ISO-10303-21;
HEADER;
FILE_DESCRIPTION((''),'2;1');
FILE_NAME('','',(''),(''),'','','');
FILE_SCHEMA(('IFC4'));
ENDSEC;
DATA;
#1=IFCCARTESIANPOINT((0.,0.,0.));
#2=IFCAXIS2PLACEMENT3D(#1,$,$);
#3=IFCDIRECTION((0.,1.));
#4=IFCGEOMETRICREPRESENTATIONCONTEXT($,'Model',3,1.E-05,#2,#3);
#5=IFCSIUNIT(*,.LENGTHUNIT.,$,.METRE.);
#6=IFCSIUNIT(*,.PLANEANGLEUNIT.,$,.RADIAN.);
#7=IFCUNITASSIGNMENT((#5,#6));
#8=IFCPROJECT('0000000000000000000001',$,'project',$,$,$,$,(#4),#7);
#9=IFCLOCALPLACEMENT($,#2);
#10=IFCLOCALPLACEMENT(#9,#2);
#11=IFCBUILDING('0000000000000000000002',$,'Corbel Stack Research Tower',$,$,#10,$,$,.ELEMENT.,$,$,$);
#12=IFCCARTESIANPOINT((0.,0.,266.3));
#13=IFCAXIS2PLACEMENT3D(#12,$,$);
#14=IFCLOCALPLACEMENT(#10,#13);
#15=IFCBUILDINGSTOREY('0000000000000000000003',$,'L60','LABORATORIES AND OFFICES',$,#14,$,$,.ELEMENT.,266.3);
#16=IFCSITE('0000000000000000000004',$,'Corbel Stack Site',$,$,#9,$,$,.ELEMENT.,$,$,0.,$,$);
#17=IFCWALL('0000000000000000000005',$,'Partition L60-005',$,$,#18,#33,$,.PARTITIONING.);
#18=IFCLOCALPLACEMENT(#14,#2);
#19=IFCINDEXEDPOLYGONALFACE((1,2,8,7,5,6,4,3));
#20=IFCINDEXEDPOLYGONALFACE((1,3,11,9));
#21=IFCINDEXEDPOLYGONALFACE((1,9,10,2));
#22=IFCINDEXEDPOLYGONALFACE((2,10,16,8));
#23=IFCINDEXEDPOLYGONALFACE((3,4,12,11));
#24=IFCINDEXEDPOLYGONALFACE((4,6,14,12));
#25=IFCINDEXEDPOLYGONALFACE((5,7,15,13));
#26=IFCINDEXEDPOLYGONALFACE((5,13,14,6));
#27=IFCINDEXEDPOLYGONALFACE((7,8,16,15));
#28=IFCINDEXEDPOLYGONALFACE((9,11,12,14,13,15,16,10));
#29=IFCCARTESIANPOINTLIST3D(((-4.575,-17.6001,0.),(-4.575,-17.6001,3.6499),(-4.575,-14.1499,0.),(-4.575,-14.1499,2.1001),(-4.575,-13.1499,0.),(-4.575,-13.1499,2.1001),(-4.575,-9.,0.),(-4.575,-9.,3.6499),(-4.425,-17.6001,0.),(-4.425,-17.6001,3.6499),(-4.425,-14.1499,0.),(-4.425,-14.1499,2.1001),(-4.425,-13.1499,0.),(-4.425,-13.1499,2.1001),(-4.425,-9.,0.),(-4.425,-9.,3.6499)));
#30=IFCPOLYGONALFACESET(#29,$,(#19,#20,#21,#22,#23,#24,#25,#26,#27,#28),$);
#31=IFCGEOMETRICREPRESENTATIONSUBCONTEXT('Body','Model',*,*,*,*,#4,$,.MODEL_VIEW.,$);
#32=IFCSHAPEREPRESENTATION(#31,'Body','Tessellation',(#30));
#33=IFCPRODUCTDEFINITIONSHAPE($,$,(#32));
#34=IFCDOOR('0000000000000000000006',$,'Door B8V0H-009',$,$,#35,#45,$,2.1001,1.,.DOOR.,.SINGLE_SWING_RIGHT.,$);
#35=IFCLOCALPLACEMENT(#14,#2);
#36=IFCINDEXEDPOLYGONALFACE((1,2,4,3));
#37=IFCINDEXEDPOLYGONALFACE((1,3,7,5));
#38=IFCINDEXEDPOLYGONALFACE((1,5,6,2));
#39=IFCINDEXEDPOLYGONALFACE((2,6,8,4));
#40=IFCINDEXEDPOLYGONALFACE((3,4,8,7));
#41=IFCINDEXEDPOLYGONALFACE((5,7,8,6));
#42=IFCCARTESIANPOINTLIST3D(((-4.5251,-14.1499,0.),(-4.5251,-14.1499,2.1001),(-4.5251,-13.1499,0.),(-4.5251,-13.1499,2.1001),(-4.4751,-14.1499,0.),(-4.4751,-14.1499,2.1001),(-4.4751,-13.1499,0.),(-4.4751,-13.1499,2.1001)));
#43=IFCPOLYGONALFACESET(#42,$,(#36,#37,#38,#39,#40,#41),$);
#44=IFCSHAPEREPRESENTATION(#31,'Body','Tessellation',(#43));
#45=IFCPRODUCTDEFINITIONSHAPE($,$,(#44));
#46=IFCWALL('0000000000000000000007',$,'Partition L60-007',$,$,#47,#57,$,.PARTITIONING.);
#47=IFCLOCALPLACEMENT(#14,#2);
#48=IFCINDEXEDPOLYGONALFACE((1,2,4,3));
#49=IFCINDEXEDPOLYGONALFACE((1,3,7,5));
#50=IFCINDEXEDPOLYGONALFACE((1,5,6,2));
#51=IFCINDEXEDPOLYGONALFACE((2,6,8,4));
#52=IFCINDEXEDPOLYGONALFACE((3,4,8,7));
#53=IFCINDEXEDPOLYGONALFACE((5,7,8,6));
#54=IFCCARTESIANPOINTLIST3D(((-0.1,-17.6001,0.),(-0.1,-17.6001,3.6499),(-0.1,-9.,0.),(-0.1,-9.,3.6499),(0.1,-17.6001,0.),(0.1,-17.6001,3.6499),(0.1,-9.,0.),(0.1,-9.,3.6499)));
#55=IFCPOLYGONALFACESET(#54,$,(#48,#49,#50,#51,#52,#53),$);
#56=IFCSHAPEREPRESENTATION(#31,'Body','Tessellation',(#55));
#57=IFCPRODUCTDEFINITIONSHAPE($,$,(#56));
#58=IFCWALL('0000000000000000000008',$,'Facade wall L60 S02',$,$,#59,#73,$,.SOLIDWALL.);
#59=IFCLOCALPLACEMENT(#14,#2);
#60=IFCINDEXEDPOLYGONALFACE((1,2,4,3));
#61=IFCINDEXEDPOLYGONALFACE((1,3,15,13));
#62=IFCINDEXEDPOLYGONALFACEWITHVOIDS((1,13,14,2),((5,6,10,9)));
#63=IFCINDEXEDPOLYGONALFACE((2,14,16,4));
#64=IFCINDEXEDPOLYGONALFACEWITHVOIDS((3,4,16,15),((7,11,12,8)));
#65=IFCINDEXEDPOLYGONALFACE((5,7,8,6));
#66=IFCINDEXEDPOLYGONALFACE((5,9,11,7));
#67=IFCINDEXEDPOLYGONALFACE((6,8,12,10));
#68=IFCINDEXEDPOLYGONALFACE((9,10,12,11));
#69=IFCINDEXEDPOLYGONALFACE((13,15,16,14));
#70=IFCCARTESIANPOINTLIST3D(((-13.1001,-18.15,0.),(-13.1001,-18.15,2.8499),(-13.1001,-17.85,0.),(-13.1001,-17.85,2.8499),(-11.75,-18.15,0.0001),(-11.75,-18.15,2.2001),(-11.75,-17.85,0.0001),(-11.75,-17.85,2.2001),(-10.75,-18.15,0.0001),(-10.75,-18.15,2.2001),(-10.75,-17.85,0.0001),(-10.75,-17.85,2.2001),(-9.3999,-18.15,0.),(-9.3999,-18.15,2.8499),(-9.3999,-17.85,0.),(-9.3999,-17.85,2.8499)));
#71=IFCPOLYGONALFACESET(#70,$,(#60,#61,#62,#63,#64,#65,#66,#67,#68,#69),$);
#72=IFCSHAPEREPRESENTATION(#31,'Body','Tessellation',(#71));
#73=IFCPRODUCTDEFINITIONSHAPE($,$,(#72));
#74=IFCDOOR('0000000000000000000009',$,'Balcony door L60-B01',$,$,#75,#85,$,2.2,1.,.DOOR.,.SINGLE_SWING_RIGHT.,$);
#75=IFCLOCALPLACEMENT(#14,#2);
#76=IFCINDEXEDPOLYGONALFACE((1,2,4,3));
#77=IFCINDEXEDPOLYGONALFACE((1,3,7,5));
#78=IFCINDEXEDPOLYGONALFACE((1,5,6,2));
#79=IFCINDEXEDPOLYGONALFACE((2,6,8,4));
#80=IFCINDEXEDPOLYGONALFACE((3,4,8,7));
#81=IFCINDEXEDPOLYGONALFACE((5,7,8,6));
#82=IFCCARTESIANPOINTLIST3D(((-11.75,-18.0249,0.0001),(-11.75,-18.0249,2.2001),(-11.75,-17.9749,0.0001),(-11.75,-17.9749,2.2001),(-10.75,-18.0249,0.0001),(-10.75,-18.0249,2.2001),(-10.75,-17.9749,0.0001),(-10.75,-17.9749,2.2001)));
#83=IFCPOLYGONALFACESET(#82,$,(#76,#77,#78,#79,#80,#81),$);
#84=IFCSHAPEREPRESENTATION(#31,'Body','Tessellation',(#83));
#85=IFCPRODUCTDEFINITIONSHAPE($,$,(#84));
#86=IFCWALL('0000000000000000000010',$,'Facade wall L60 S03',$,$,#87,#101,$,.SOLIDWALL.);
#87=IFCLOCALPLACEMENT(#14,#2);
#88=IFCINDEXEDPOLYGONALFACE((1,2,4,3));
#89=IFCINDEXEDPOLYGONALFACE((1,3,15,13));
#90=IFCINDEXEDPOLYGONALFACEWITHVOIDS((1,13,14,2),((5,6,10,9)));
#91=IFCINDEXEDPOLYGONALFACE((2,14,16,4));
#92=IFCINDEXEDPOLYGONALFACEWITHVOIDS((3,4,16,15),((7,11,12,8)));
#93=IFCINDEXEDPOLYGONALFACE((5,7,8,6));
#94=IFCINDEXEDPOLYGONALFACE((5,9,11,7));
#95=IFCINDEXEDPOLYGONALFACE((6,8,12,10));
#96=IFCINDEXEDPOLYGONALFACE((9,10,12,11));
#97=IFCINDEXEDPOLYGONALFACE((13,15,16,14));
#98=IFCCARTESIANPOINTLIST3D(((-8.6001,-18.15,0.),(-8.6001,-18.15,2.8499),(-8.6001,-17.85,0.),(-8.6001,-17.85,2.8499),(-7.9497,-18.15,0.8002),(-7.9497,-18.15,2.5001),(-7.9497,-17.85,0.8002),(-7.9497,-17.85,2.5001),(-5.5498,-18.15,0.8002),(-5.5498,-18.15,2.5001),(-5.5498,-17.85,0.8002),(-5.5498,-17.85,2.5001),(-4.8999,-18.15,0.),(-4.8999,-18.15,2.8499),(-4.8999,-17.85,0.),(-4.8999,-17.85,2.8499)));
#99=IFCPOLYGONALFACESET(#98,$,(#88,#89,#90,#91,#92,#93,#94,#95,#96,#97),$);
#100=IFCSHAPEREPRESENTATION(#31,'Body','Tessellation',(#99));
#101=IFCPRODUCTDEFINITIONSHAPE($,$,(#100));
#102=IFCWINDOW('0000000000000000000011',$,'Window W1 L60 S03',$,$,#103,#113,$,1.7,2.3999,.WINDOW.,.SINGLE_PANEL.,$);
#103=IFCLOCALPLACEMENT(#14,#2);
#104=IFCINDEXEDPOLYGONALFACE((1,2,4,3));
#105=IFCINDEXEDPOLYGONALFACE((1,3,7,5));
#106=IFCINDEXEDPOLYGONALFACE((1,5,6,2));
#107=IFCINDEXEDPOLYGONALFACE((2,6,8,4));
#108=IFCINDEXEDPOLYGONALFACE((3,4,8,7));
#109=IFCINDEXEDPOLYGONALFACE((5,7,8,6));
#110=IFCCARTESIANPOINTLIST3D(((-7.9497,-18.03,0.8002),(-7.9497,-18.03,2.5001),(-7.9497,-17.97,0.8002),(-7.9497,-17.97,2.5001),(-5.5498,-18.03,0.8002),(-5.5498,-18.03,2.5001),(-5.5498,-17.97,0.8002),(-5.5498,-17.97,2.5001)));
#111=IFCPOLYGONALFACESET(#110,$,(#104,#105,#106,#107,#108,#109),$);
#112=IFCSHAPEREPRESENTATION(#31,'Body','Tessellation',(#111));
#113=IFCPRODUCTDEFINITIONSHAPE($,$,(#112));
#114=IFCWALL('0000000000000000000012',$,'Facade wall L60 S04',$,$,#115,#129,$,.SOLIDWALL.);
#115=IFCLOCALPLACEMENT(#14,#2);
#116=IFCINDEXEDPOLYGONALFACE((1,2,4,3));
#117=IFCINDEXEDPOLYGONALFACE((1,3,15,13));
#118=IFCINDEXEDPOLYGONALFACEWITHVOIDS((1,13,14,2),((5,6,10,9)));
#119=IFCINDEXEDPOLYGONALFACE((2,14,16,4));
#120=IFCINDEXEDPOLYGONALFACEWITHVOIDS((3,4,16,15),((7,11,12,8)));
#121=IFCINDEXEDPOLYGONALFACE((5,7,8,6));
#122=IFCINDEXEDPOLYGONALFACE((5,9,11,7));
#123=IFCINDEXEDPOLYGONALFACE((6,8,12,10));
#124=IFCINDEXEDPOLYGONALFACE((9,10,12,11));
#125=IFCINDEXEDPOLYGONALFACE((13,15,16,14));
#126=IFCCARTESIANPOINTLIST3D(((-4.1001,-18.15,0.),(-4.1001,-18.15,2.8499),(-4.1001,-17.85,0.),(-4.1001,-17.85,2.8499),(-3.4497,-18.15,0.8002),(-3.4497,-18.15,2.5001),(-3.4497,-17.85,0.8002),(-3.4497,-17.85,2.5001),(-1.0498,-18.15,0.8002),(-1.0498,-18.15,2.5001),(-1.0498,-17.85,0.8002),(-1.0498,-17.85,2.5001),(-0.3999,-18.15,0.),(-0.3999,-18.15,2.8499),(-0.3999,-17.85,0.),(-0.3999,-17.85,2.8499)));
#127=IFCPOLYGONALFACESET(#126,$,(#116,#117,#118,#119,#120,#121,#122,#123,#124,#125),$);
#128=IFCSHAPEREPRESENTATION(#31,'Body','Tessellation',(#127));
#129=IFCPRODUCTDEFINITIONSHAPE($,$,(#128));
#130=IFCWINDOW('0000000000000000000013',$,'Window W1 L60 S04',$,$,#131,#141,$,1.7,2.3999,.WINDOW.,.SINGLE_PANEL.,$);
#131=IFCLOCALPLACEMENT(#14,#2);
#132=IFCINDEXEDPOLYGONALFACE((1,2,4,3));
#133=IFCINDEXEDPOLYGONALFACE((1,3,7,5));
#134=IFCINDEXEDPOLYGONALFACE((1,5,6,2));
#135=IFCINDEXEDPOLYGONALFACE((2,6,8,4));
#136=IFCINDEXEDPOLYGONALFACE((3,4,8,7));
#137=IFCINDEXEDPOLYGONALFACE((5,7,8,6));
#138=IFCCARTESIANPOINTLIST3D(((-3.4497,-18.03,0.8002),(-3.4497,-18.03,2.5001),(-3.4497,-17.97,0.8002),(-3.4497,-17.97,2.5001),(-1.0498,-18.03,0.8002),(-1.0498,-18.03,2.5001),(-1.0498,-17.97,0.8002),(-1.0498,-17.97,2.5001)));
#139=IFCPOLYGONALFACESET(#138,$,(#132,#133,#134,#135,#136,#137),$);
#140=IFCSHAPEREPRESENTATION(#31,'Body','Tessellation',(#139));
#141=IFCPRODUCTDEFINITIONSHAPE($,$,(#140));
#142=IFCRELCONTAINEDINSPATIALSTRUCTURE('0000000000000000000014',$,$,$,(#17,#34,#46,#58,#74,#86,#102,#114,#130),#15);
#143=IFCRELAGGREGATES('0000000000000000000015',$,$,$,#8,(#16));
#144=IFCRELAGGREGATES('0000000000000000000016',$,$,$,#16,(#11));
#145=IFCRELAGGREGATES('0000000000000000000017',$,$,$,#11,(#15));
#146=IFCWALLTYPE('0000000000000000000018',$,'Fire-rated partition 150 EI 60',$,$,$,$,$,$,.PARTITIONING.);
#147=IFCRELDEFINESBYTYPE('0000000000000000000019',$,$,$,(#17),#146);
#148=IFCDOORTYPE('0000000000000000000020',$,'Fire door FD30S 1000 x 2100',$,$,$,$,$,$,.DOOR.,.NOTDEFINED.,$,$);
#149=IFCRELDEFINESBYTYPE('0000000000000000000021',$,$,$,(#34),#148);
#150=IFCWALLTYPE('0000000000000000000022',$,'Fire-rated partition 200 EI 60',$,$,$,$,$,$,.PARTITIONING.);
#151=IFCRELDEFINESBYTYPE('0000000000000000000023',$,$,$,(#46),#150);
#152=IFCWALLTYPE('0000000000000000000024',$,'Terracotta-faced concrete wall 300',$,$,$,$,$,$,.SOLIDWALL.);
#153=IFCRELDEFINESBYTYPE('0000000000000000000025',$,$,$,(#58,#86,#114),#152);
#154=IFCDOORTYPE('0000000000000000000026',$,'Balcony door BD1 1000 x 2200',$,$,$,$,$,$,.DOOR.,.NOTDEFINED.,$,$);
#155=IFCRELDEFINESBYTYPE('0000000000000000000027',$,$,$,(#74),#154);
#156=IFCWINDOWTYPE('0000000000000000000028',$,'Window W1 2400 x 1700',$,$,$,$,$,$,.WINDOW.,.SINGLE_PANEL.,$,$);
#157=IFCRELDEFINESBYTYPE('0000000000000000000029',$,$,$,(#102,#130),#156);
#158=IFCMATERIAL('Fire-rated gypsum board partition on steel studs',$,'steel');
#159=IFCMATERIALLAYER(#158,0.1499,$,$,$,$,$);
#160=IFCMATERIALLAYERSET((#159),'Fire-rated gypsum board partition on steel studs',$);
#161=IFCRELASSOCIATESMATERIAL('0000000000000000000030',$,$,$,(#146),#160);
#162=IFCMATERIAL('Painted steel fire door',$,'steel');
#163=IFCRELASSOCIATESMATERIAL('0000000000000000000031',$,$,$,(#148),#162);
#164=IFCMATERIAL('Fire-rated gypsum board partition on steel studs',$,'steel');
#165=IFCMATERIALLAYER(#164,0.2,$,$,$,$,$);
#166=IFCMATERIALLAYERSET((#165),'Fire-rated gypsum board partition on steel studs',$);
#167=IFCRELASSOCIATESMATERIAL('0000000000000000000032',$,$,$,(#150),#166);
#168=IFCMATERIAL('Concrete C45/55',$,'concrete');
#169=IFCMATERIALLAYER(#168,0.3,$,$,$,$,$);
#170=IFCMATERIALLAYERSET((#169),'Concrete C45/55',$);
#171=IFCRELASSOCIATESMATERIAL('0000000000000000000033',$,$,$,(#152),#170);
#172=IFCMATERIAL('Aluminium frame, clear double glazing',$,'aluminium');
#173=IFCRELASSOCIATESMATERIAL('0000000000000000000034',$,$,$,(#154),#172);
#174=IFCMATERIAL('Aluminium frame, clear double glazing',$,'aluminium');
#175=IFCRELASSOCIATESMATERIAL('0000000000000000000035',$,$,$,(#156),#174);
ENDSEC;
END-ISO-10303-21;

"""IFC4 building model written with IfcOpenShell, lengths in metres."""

from ifc_helpers import new_model, si_unit, direction, frame, frame_2d, origin, place, context, subcontext, project, spatial, rectangle, extrude, material, layer, layer_set, type_object, element, fill, save


model = new_model("IFC4")

# Units and contexts
model_context = context("Model", 3, precision=1e-05, world=origin(), true_north=direction((0.0, 1.0)))
body_context = subcontext(model_context, "Body", "Model", "MODEL_VIEW")
ifc_project = project(units=[si_unit("LENGTHUNIT", "METRE"), si_unit("PLANEANGLEUNIT", "RADIAN")], contexts=[model_context])

# Site, building, storey
site_placement = place(None, origin())
site = spatial("IfcSite", under=ifc_project, at=site_placement, Name="Corbel Stack Site", CompositionType="ELEMENT", RefElevation=0.0)
building_placement = place(site_placement, origin())
building = spatial("IfcBuilding", under=site, at=building_placement, Name="Corbel Stack Research Tower", CompositionType="ELEMENT")
storey_placement = place(building_placement, frame((0.0, 0.0, 266.3)))
storey = spatial("IfcBuildingStorey", under=building, at=storey_placement, Name="L60", Description="LABORATORIES AND OFFICES", CompositionType="ELEMENT", Elevation=266.3)

# Wall, opening, door
ifc_material_1 = material(Name="Fire-rated gypsum board partition on steel studs", Category="steel")
ifc_layer_1 = layer(ifc_material_1, 0.1499)
ifc_layer_set_1 = layer_set([ifc_layer_1], Name="Fire-rated gypsum board partition on steel studs")
wall_type_1 = type_object("IfcWallType", Name="Fire-rated partition 150 EI 60", PredefinedType="PARTITIONING", material=ifc_layer_set_1)
wall_1_placement = place(storey_placement, frame((-4.5, -9.0, 0.0), z_axis=(0.0, 0.0, 1.0), x_axis=(0.0, -1.0, 0.0)))
wall_1 = element("IfcWall", 1, at=wall_1_placement, inside=storey, type_object=wall_type_1, Name="Partition L60-005", PredefinedType="PARTITIONING", context=body_context, shape_type="SweptSolid", body=[
    extrude(rectangle(XDim=8.6001, YDim=0.1499, at=frame_2d((4.3, 0.0))), origin(), (0.0, 0.0, 1.0), 3.6499),
])
opening_1_placement = place(wall_1_placement, frame((4.1499, 0.0, 0.0)))
opening_1 = element("IfcOpeningElement", 2, at=opening_1_placement, cuts=wall_1, PredefinedType="OPENING", context=body_context, shape_type="SweptSolid", body=[
    extrude(rectangle(XDim=1.0, YDim=2.1001, at=frame_2d((0.5, 1.05))), frame((0.0, 0.085, 0.0), z_axis=(0.0, -1.0, 0.0), x_axis=(1.0, 0.0, 0.0)), (0.0, 0.0, 1.0), 0.1699),
])
ifc_material_2 = material(Name="Painted steel fire door", Category="steel")
door_type_1 = type_object("IfcDoorType", Name="Fire door FD30S 1000 x 2100", OperationType="NOTDEFINED", PredefinedType="DOOR", material=ifc_material_2)
door_1_placement = place(opening_1_placement, origin())
door_1 = element("IfcDoor", 3, at=door_1_placement, inside=storey, type_object=door_type_1, Name="Door B8V0H-009", OperationType="SINGLE_SWING_RIGHT", OverallHeight=2.1001, OverallWidth=1.0, PredefinedType="DOOR", context=body_context, shape_type="SweptSolid", body=[
    extrude(rectangle(XDim=1.0, YDim=2.1001, at=frame_2d((0.5, 1.05))), frame((0.0, 0.0249, 0.0), z_axis=(0.0, -1.0, 0.0), x_axis=(1.0, 0.0, 0.0)), (0.0, 0.0, 1.0), 0.05),
])
fill(opening_1, door_1)

# Wall
ifc_material_3 = material(Name="Fire-rated gypsum board partition on steel studs", Category="steel")
ifc_layer_2 = layer(ifc_material_3, 0.2)
ifc_layer_set_2 = layer_set([ifc_layer_2], Name="Fire-rated gypsum board partition on steel studs")
wall_type_2 = type_object("IfcWallType", Name="Fire-rated partition 200 EI 60", PredefinedType="PARTITIONING", material=ifc_layer_set_2)
wall_2_placement = place(storey_placement, frame((0.0, -17.6001, 0.0), z_axis=(0.0, 0.0, 1.0), x_axis=(0.0, 1.0, 0.0)))
element("IfcWall", 4, at=wall_2_placement, inside=storey, type_object=wall_type_2, Name="Partition L60-007", PredefinedType="PARTITIONING", context=body_context, shape_type="SweptSolid", body=[
    extrude(rectangle(XDim=8.6001, YDim=0.2, at=frame_2d((4.3, 0.0))), origin(), (0.0, 0.0, 1.0), 3.6499),
])

# Wall, opening, door
ifc_material_4 = material(Name="Concrete C45/55", Category="concrete")
ifc_layer_3 = layer(ifc_material_4, 0.3)
ifc_layer_set_3 = layer_set([ifc_layer_3], Name="Concrete C45/55")
wall_type_3 = type_object("IfcWallType", Name="Terracotta-faced concrete wall 300", PredefinedType="SOLIDWALL", material=ifc_layer_set_3)
wall_3_placement = place(storey_placement, frame((-9.3999, -18.0, 0.0), z_axis=(0.0, 0.0, 1.0), x_axis=(-1.0, 0.0, 0.0)))
wall_3 = element("IfcWall", 5, at=wall_3_placement, inside=storey, type_object=wall_type_3, Name="Facade wall L60 S02", PredefinedType="SOLIDWALL", context=body_context, shape_type="SweptSolid", body=[
    extrude(rectangle(XDim=3.7002, YDim=0.3, at=frame_2d((1.8501, 0.0))), origin(), (0.0, 0.0, 1.0), 2.8499),
])
opening_2_placement = place(wall_3_placement, frame((1.3501, 0.0, 0.0)))
opening_2 = element("IfcOpeningElement", 6, at=opening_2_placement, cuts=wall_3, PredefinedType="OPENING", context=body_context, shape_type="SweptSolid", body=[
    extrude(rectangle(XDim=1.0, YDim=2.2, at=frame_2d((0.5, 1.1001))), frame((0.0, 0.1599, 0.0), z_axis=(0.0, -1.0, 0.0), x_axis=(1.0, 0.0, 0.0)), (0.0, 0.0, 1.0), 0.3201),
])
ifc_material_5 = material(Name="Aluminium frame, clear double glazing", Category="aluminium")
door_type_2 = type_object("IfcDoorType", Name="Balcony door BD1 1000 x 2200", OperationType="NOTDEFINED", PredefinedType="DOOR", material=ifc_material_5)
door_2_placement = place(opening_2_placement, origin())
door_2 = element("IfcDoor", 7, at=door_2_placement, inside=storey, type_object=door_type_2, Name="Balcony door L60-B01", OperationType="SINGLE_SWING_RIGHT", OverallHeight=2.2, OverallWidth=1.0, PredefinedType="DOOR", context=body_context, shape_type="SweptSolid", body=[
    extrude(rectangle(XDim=1.0, YDim=2.2, at=frame_2d((0.5, 1.1001))), frame((0.0, 0.0249, 0.0), z_axis=(0.0, -1.0, 0.0), x_axis=(1.0, 0.0, 0.0)), (0.0, 0.0, 1.0), 0.05),
])
fill(opening_2, door_2)

# Walls, openings, windows
wall_4_placement = place(storey_placement, frame((-4.8999, -18.0, 0.0), z_axis=(0.0, 0.0, 1.0), x_axis=(-1.0, 0.0, 0.0)))
wall_4 = element("IfcWall", 8, at=wall_4_placement, inside=storey, type_object=wall_type_3, Name="Facade wall L60 S03", PredefinedType="SOLIDWALL", context=body_context, shape_type="SweptSolid", body=[
    extrude(rectangle(XDim=3.7002, YDim=0.3, at=frame_2d((1.8501, 0.0))), origin(), (0.0, 0.0, 1.0), 2.8499),
])
opening_3_placement = place(wall_4_placement, frame((0.6499, 0.0, 0.8)))
opening_3 = element("IfcOpeningElement", 9, at=opening_3_placement, cuts=wall_4, PredefinedType="OPENING", context=body_context, shape_type="SweptSolid", body=[
    extrude(rectangle(XDim=2.3999, YDim=1.7, at=frame_2d((1.2, 0.8501))), frame((0.0, 0.1599, 0.0), z_axis=(0.0, -1.0, 0.0), x_axis=(1.0, 0.0, 0.0)), (0.0, 0.0, 1.0), 0.3201),
])
ifc_material_6 = material(Name="Aluminium frame, clear double glazing", Category="aluminium")
window_type = type_object("IfcWindowType", Name="Window W1 2400 x 1700", PartitioningType="SINGLE_PANEL", PredefinedType="WINDOW", material=ifc_material_6)
window_1_placement = place(opening_3_placement, origin())
window_1 = element("IfcWindow", 10, at=window_1_placement, inside=storey, type_object=window_type, Name="Window W1 L60 S03", OverallHeight=1.7, OverallWidth=2.3999, PartitioningType="SINGLE_PANEL", PredefinedType="WINDOW", context=body_context, shape_type="SweptSolid", body=[
    extrude(rectangle(XDim=2.3999, YDim=1.7, at=frame_2d((1.2, 0.8501))), frame((0.0, 0.03, 0.0), z_axis=(0.0, -1.0, 0.0), x_axis=(1.0, 0.0, 0.0)), (0.0, 0.0, 1.0), 0.0601),
])
fill(opening_3, window_1)
wall_5_placement = place(storey_placement, frame((-0.3999, -18.0, 0.0), z_axis=(0.0, 0.0, 1.0), x_axis=(-1.0, 0.0, 0.0)))
wall_5 = element("IfcWall", 11, at=wall_5_placement, inside=storey, type_object=wall_type_3, Name="Facade wall L60 S04", PredefinedType="SOLIDWALL", context=body_context, shape_type="SweptSolid", body=[
    extrude(rectangle(XDim=3.7002, YDim=0.3, at=frame_2d((1.8501, 0.0))), origin(), (0.0, 0.0, 1.0), 2.8499),
])
opening_4_placement = place(wall_5_placement, frame((0.6499, 0.0, 0.8)))
opening_4 = element("IfcOpeningElement", 12, at=opening_4_placement, cuts=wall_5, PredefinedType="OPENING", context=body_context, shape_type="SweptSolid", body=[
    extrude(rectangle(XDim=2.3999, YDim=1.7, at=frame_2d((1.2, 0.8501))), frame((0.0, 0.1599, 0.0), z_axis=(0.0, -1.0, 0.0), x_axis=(1.0, 0.0, 0.0)), (0.0, 0.0, 1.0), 0.3201),
])
window_2_placement = place(opening_4_placement, origin())
window_2 = element("IfcWindow", 13, at=window_2_placement, inside=storey, type_object=window_type, Name="Window W1 L60 S04", OverallHeight=1.7, OverallWidth=2.3999, PartitioningType="SINGLE_PANEL", PredefinedType="WINDOW", context=body_context, shape_type="SweptSolid", body=[
    extrude(rectangle(XDim=2.3999, YDim=1.7, at=frame_2d((1.2, 0.8501))), frame((0.0, 0.03, 0.0), z_axis=(0.0, -1.0, 0.0), x_axis=(1.0, 0.0, 0.0)), (0.0, 0.0, 1.0), 0.0601),
])
fill(opening_4, window_2)

save(model, "model.ifc")
